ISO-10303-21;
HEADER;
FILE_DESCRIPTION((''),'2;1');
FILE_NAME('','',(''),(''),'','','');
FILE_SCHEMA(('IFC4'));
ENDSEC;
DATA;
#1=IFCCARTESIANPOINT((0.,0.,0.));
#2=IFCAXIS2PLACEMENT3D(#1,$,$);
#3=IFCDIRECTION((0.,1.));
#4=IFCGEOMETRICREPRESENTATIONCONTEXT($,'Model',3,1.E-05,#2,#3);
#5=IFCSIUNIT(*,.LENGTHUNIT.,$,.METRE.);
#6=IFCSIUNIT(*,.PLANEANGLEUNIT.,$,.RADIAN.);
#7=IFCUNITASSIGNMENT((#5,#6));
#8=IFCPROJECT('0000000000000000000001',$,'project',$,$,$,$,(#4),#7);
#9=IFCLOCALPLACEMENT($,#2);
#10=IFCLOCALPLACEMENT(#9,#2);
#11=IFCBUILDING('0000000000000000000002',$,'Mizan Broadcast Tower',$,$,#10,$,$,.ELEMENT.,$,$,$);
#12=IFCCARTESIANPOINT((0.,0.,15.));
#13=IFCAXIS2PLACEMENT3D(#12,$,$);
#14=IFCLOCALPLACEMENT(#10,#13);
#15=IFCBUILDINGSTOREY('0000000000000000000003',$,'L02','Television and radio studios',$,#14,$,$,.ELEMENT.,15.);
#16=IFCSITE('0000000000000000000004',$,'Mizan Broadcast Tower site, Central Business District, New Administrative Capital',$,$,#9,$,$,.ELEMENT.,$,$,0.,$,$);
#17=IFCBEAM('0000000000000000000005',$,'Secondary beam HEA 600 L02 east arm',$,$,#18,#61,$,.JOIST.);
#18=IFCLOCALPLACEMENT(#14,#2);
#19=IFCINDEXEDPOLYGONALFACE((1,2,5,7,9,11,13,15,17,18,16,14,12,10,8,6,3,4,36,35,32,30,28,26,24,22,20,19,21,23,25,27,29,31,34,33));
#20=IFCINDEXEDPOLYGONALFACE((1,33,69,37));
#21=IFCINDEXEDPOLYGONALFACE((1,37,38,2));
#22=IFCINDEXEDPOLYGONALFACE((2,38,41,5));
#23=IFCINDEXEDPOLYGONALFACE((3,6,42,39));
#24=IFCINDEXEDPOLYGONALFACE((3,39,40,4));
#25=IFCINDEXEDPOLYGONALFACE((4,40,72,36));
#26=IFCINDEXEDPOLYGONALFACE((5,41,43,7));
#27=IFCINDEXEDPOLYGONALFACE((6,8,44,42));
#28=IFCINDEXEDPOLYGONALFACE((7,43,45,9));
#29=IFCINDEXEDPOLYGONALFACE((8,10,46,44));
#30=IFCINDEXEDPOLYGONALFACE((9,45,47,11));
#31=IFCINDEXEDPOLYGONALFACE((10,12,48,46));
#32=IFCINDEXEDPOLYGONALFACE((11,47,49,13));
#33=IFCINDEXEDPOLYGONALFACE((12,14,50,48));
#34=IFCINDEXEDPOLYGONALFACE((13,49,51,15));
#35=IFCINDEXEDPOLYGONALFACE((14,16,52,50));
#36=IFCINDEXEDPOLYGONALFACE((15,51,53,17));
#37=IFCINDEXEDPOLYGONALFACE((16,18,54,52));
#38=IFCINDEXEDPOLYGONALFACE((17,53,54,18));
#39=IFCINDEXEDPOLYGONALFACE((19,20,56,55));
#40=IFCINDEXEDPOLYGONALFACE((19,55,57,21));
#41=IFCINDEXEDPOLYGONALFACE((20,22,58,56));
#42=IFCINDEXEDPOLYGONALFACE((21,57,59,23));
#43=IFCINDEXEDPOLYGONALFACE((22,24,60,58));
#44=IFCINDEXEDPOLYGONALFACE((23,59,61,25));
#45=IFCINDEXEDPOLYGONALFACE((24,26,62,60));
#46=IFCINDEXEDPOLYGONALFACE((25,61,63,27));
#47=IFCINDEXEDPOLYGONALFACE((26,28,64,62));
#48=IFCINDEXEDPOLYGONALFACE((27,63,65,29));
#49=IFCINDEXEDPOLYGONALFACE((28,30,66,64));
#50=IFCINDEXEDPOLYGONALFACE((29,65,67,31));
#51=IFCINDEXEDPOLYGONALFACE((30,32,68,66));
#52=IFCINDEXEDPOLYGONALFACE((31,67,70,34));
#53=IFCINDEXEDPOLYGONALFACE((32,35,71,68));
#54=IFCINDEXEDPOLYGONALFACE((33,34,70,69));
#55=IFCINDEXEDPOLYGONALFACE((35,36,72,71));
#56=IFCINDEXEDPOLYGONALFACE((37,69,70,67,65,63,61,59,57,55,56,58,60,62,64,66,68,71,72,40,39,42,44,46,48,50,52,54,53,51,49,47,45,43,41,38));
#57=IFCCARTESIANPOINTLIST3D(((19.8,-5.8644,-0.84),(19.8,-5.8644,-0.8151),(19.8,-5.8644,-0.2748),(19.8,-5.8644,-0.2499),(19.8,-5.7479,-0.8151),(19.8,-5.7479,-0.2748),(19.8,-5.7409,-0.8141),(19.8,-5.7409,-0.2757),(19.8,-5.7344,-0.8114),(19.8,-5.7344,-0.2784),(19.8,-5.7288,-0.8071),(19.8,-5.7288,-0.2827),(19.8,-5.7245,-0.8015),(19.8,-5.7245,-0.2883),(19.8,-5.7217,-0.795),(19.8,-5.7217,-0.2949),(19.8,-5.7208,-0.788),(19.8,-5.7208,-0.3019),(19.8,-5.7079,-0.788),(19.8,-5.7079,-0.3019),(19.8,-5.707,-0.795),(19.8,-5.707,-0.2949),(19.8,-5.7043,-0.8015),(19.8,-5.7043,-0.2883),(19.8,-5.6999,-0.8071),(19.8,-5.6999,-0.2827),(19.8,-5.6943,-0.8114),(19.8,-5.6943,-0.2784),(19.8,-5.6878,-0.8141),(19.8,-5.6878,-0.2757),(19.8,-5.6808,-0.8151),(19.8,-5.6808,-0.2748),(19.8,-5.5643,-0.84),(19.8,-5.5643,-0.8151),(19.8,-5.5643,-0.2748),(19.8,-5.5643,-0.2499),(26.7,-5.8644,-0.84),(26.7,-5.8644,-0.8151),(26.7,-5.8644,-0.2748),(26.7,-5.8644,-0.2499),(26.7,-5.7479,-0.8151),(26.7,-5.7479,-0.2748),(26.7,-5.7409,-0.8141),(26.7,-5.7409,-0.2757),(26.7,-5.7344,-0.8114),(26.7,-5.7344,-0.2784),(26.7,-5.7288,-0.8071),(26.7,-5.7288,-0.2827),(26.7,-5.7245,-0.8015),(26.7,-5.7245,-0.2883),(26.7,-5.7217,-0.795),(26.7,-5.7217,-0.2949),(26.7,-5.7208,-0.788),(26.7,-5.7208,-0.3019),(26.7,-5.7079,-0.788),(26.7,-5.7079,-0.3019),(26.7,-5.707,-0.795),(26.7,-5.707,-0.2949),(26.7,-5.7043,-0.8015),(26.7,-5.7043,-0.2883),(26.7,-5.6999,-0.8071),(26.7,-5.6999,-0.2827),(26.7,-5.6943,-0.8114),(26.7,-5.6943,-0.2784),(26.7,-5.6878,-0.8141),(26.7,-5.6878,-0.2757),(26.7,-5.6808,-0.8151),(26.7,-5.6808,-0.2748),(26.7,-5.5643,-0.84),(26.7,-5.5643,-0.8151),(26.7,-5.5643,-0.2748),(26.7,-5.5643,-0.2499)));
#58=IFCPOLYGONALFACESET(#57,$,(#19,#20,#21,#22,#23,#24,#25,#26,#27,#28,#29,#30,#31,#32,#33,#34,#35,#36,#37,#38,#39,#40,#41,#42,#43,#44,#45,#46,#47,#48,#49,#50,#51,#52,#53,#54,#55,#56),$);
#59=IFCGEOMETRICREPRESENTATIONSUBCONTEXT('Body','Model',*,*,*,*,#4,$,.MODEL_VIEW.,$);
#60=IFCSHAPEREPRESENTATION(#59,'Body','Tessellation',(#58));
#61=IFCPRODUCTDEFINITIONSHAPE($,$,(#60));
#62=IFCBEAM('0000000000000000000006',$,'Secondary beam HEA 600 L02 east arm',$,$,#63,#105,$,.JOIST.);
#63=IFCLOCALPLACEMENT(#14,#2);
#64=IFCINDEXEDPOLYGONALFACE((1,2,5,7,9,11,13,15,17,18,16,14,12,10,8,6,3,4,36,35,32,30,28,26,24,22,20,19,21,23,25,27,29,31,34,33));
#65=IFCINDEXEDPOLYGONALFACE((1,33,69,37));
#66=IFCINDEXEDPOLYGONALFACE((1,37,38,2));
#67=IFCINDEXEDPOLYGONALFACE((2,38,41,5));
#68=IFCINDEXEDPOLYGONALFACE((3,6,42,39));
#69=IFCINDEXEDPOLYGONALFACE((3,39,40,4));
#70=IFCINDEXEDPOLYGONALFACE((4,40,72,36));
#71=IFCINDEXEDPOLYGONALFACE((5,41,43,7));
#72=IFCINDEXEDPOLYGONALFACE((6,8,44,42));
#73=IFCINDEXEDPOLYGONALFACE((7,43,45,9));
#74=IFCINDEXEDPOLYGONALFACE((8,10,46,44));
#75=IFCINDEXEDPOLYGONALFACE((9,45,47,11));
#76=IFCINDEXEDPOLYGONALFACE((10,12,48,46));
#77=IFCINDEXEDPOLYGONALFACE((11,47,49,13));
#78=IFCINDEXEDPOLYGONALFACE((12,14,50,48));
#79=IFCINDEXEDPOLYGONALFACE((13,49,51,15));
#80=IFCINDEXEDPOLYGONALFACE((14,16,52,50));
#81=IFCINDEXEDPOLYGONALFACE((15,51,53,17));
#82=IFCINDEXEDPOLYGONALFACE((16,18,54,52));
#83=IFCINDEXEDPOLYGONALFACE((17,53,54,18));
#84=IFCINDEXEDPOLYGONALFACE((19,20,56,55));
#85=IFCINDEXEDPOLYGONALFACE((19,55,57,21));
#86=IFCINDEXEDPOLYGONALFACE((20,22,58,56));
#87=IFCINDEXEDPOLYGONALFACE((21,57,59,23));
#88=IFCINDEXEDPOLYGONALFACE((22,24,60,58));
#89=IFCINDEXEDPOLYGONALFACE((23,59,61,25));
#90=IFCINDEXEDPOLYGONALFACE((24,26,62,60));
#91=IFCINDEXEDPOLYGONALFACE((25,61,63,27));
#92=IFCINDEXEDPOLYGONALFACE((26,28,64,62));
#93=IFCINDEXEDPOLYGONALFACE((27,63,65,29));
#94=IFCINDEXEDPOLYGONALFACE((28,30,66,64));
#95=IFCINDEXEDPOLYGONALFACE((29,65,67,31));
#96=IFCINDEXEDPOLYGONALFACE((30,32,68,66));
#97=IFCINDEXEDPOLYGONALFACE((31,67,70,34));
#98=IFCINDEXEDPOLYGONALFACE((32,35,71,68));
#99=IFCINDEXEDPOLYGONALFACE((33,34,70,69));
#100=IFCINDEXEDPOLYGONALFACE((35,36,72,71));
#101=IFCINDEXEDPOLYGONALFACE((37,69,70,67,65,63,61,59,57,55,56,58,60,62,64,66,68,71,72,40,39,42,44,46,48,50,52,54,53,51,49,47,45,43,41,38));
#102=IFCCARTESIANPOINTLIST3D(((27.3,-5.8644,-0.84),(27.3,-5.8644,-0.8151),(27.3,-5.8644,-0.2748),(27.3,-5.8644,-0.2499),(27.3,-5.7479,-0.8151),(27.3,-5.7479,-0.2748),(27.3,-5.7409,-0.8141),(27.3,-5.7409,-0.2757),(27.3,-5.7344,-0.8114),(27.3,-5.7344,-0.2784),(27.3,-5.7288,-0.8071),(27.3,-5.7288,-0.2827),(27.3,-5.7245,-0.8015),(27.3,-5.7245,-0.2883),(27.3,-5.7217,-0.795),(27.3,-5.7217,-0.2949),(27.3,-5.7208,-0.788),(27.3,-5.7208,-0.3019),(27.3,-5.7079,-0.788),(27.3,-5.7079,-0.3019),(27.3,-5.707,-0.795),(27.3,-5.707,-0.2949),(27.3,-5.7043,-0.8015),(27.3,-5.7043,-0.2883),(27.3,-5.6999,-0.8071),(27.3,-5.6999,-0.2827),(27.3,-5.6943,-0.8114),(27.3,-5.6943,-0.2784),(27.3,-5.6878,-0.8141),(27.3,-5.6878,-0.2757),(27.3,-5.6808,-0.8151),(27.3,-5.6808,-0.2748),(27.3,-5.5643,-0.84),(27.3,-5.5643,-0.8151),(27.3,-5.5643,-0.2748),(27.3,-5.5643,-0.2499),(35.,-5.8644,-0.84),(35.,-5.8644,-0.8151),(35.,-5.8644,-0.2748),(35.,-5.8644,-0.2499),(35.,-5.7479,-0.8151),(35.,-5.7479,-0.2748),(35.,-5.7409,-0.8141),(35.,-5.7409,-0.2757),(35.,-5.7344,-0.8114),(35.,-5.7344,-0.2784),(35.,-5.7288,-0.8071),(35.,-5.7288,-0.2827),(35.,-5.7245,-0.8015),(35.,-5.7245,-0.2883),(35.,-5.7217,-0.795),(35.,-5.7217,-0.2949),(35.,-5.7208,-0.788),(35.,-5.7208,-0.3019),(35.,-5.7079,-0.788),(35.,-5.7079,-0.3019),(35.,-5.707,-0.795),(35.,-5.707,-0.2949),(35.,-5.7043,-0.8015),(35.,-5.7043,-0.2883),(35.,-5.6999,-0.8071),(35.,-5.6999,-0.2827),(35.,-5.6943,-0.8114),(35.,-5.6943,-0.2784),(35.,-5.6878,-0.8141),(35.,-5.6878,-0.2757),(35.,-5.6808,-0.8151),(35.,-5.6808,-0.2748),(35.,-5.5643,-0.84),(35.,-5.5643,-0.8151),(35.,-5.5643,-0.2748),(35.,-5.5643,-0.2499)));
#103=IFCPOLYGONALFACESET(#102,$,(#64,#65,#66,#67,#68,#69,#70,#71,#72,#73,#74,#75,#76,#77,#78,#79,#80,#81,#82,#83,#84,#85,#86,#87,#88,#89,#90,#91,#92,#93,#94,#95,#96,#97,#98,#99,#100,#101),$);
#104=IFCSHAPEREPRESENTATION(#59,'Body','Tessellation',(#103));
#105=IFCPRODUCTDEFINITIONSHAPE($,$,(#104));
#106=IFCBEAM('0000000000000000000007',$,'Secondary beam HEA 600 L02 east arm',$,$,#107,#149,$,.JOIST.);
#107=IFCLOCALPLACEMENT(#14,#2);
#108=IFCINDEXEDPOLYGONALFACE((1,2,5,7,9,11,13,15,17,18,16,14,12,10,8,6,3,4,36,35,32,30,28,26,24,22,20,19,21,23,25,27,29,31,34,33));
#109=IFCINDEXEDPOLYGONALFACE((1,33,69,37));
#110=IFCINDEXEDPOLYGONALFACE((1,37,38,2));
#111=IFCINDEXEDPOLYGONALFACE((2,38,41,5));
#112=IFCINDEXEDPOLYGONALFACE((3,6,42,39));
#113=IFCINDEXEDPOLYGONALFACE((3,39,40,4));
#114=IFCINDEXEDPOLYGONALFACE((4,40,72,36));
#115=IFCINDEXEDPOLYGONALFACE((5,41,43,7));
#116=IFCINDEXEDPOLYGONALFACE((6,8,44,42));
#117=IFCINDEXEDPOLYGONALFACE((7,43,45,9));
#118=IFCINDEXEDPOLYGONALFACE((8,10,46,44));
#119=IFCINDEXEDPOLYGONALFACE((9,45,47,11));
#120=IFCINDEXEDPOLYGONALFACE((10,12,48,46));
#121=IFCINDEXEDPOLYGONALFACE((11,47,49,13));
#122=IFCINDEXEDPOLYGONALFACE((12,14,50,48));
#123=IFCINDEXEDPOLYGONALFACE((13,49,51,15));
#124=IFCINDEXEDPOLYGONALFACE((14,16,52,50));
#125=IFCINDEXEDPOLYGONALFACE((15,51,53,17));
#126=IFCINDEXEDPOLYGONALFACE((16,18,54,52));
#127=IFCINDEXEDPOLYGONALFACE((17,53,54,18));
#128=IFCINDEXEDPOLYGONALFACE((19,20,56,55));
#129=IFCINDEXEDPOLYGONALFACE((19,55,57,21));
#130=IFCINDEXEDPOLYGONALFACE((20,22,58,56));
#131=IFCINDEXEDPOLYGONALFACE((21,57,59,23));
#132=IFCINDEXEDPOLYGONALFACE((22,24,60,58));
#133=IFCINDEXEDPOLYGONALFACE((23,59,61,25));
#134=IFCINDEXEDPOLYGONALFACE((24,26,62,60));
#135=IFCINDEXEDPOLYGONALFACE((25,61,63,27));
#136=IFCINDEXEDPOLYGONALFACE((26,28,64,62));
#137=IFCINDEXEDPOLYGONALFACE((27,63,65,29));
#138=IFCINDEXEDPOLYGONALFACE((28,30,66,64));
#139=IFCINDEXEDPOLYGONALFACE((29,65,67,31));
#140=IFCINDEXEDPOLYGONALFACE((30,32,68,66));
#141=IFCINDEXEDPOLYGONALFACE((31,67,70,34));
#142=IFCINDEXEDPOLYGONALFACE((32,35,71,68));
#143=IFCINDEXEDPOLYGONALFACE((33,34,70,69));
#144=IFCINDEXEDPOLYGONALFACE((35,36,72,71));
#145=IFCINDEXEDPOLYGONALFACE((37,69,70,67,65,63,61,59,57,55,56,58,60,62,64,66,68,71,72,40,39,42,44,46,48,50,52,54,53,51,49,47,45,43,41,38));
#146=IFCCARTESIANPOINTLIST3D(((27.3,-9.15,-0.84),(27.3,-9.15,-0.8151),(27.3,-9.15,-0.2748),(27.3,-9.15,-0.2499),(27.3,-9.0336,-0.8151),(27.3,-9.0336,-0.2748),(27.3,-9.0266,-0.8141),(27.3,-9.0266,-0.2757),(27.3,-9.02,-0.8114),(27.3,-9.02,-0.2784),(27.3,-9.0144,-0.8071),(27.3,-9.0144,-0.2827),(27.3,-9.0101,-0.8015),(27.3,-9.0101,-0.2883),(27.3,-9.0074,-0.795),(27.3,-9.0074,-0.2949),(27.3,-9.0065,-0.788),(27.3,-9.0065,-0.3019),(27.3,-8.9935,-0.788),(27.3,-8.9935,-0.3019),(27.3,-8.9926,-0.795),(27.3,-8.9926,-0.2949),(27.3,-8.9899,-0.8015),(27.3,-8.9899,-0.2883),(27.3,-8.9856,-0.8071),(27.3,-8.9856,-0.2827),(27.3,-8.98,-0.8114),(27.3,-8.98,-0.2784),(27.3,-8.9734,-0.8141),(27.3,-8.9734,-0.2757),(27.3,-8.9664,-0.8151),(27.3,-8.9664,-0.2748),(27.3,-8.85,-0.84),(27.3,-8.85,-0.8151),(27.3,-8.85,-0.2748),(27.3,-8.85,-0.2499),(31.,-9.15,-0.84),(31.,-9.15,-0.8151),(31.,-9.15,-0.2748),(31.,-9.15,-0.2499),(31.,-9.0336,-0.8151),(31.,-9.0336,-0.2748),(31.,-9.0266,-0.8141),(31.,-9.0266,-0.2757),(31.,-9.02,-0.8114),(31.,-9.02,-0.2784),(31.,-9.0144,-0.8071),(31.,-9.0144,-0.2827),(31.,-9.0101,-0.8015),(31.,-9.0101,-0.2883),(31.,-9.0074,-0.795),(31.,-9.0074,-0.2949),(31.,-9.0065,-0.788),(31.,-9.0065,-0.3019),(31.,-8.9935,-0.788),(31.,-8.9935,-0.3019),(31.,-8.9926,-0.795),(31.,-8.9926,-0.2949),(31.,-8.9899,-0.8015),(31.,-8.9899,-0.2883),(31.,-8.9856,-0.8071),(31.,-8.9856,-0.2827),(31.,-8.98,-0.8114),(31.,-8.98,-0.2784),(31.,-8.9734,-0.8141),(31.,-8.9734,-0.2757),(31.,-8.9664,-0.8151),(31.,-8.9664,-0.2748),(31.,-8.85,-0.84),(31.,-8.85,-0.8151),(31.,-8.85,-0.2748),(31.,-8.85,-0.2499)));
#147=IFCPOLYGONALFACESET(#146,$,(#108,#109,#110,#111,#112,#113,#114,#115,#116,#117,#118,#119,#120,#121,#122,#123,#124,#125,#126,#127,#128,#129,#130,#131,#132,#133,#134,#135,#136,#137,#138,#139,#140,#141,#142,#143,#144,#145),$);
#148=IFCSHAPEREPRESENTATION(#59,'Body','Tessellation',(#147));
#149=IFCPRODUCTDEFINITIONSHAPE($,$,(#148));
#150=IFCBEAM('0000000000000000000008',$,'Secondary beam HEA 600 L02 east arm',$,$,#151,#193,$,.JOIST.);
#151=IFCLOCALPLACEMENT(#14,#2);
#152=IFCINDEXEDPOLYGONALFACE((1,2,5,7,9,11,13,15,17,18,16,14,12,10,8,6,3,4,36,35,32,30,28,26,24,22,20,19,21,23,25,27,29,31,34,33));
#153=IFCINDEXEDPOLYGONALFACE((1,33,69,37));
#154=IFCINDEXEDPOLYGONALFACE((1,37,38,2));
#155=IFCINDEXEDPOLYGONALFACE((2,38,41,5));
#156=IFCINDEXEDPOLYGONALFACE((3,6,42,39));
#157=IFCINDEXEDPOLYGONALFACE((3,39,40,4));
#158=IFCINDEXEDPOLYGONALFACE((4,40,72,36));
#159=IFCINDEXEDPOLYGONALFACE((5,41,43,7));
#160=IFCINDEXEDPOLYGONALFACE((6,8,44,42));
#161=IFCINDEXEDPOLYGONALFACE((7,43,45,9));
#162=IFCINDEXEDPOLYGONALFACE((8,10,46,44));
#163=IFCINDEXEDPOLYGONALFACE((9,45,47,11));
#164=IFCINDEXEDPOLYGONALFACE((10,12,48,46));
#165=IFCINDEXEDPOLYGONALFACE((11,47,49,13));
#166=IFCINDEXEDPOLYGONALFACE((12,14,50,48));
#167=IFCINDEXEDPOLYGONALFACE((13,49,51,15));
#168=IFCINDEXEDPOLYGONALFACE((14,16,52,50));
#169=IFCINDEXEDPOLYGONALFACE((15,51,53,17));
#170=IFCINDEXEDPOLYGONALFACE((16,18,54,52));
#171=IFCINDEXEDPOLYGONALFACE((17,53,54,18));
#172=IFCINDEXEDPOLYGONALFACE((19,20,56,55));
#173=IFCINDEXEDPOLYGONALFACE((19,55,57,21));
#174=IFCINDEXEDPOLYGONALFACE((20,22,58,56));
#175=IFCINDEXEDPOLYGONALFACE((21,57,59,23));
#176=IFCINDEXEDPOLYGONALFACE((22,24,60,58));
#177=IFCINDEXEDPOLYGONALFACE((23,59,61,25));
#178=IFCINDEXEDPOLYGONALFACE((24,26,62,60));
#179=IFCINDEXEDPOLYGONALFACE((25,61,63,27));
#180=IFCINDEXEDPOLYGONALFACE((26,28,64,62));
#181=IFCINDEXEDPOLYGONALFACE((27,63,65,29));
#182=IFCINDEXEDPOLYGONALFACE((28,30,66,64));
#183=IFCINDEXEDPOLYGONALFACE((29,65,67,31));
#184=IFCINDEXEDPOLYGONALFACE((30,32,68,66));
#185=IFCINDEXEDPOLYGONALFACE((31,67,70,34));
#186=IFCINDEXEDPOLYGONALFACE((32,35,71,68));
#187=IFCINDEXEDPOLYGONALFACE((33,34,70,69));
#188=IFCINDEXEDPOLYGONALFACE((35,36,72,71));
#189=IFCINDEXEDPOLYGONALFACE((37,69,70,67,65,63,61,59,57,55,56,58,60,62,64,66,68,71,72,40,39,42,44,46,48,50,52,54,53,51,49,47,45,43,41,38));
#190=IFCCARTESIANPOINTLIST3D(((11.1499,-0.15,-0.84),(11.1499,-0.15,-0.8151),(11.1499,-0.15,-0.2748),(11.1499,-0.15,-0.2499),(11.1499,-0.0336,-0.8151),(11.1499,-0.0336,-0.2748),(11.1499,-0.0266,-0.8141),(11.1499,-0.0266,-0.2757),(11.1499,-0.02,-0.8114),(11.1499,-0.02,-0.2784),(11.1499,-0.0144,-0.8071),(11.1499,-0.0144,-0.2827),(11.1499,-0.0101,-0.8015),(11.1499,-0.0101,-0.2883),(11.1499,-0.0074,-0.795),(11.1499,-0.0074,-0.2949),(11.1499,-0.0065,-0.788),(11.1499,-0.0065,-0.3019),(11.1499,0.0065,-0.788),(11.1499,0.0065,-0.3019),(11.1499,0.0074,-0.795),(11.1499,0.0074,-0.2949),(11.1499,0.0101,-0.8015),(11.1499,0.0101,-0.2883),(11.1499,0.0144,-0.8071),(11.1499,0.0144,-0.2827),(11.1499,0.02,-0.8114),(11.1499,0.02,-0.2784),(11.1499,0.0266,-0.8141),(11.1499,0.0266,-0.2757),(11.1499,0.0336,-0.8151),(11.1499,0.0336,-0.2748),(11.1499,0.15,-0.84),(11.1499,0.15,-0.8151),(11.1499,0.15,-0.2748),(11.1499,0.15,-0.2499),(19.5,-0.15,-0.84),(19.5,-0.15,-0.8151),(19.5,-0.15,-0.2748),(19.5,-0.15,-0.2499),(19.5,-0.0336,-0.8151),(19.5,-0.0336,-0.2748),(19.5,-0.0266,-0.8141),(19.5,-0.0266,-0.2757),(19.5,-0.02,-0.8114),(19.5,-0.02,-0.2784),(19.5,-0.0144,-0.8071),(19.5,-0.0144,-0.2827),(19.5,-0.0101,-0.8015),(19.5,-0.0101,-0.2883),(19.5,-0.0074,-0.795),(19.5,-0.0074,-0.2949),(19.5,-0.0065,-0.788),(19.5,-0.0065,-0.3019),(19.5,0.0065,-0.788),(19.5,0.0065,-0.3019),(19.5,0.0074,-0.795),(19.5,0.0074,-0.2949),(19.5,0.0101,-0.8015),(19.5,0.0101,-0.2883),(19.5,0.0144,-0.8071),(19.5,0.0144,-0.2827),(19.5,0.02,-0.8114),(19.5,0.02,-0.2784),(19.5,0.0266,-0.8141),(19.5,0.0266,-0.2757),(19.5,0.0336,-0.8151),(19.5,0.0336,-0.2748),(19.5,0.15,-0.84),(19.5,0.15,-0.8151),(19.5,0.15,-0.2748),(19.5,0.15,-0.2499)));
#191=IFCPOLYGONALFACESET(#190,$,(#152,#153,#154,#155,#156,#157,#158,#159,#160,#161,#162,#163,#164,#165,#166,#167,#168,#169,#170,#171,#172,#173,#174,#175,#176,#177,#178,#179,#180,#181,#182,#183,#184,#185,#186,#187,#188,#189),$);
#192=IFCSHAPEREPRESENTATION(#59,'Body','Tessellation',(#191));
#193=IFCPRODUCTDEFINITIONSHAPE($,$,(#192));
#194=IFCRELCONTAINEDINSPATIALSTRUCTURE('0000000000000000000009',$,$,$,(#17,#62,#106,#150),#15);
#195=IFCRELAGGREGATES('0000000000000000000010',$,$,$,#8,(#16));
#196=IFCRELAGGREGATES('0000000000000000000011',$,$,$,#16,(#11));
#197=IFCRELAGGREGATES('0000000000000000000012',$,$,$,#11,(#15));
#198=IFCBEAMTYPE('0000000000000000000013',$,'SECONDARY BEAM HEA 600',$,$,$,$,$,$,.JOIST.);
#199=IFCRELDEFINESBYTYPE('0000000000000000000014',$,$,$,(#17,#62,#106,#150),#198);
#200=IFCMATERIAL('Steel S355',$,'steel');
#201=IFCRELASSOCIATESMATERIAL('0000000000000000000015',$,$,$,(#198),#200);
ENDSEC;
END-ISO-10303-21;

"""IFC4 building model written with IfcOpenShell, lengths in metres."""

from ifc_helpers import new_model, si_unit, direction, frame, origin, origin_2d, place, context, subcontext, project, spatial, i_section, extrude, material, material_profile, profile_set, type_object, element, save


model = new_model("IFC4")

# Units and contexts
model_context = context("Model", 3, precision=1e-05, world=origin(), true_north=direction((0.0, 1.0)))
body_context = subcontext(model_context, "Body", "Model", "MODEL_VIEW")
ifc_project = project(units=[si_unit("LENGTHUNIT", "METRE"), si_unit("PLANEANGLEUNIT", "RADIAN")], contexts=[model_context])

# Site, building, storey
site_placement = place(None, origin())
site = spatial("IfcSite", under=ifc_project, at=site_placement, Name="Mizan Broadcast Tower site, Central Business District, New Administrative Capital", CompositionType="ELEMENT", RefElevation=0.0)
building_placement = place(site_placement, origin())
building = spatial("IfcBuilding", under=site, at=building_placement, Name="Mizan Broadcast Tower", CompositionType="ELEMENT")
storey_placement = place(building_placement, frame((0.0, 0.0, 15.0)))
storey = spatial("IfcBuildingStorey", under=building, at=storey_placement, Name="L02", Description="Television and radio studios", CompositionType="ELEMENT", Elevation=15.0)

# Beams
ifc_material_1 = material(Name="Steel S355", Category="steel")
ifc_material_profile_1 = material_profile(ifc_material_1, i_section(OverallWidth=0.3, OverallDepth=0.5901, WebThickness=0.0129, FlangeThickness=0.0249, FilletRadius=0.0271, at=origin_2d()), Name="HEA 600")
ifc_profile_set_1 = profile_set([ifc_material_profile_1], Name="Steel S355")
beam_type_1 = type_object("IfcBeamType", Name="SECONDARY BEAM HEA 600", PredefinedType="JOIST", material=ifc_profile_set_1)
beam_1_placement = place(storey_placement, frame((19.8, -5.7144, -0.5449), z_axis=(1.0, 0.0, 0.0), x_axis=(0.0, 1.0, 0.0)))
element("IfcBeam", 1, at=beam_1_placement, inside=storey, type_object=beam_type_1, Name="Secondary beam HEA 600 L02 east arm", PredefinedType="JOIST", context=body_context, shape_type="SweptSolid", body=[
    extrude(i_section(OverallWidth=0.3, OverallDepth=0.5901, WebThickness=0.0129, FlangeThickness=0.0249, FilletRadius=0.0271, at=origin_2d()), origin(), (0.0, 0.0, 1.0), 6.8999),
])
beam_2_placement = place(storey_placement, frame((27.3, -5.7144, -0.5449), z_axis=(1.0, 0.0, 0.0), x_axis=(0.0, 1.0, 0.0)))
element("IfcBeam", 2, at=beam_2_placement, inside=storey, type_object=beam_type_1, Name="Secondary beam HEA 600 L02 east arm", PredefinedType="JOIST", context=body_context, shape_type="SweptSolid", body=[
    extrude(i_section(OverallWidth=0.3, OverallDepth=0.5901, WebThickness=0.0129, FlangeThickness=0.0249, FilletRadius=0.0271, at=origin_2d()), origin(), (0.0, 0.0, 1.0), 7.7),
])
beam_3_placement = place(storey_placement, frame((27.3, -9.0, -0.5449), z_axis=(1.0, 0.0, 0.0), x_axis=(0.0, 1.0, 0.0)))
element("IfcBeam", 3, at=beam_3_placement, inside=storey, type_object=beam_type_1, Name="Secondary beam HEA 600 L02 east arm", PredefinedType="JOIST", context=body_context, shape_type="SweptSolid", body=[
    extrude(i_section(OverallWidth=0.3, OverallDepth=0.5901, WebThickness=0.0129, FlangeThickness=0.0249, FilletRadius=0.0271, at=origin_2d()), origin(), (0.0, 0.0, 1.0), 3.7),
])
beam_4_placement = place(storey_placement, frame((11.1499, 0.0, -0.5449), z_axis=(1.0, 0.0, 0.0), x_axis=(0.0, 1.0, 0.0)))
element("IfcBeam", 4, at=beam_4_placement, inside=storey, type_object=beam_type_1, Name="Secondary beam HEA 600 L02 east arm", PredefinedType="JOIST", context=body_context, shape_type="SweptSolid", body=[
    extrude(i_section(OverallWidth=0.3, OverallDepth=0.5901, WebThickness=0.0129, FlangeThickness=0.0249, FilletRadius=0.0271, at=origin_2d()), origin(), (0.0, 0.0, 1.0), 8.3501),
])

save(model, "model.ifc")
